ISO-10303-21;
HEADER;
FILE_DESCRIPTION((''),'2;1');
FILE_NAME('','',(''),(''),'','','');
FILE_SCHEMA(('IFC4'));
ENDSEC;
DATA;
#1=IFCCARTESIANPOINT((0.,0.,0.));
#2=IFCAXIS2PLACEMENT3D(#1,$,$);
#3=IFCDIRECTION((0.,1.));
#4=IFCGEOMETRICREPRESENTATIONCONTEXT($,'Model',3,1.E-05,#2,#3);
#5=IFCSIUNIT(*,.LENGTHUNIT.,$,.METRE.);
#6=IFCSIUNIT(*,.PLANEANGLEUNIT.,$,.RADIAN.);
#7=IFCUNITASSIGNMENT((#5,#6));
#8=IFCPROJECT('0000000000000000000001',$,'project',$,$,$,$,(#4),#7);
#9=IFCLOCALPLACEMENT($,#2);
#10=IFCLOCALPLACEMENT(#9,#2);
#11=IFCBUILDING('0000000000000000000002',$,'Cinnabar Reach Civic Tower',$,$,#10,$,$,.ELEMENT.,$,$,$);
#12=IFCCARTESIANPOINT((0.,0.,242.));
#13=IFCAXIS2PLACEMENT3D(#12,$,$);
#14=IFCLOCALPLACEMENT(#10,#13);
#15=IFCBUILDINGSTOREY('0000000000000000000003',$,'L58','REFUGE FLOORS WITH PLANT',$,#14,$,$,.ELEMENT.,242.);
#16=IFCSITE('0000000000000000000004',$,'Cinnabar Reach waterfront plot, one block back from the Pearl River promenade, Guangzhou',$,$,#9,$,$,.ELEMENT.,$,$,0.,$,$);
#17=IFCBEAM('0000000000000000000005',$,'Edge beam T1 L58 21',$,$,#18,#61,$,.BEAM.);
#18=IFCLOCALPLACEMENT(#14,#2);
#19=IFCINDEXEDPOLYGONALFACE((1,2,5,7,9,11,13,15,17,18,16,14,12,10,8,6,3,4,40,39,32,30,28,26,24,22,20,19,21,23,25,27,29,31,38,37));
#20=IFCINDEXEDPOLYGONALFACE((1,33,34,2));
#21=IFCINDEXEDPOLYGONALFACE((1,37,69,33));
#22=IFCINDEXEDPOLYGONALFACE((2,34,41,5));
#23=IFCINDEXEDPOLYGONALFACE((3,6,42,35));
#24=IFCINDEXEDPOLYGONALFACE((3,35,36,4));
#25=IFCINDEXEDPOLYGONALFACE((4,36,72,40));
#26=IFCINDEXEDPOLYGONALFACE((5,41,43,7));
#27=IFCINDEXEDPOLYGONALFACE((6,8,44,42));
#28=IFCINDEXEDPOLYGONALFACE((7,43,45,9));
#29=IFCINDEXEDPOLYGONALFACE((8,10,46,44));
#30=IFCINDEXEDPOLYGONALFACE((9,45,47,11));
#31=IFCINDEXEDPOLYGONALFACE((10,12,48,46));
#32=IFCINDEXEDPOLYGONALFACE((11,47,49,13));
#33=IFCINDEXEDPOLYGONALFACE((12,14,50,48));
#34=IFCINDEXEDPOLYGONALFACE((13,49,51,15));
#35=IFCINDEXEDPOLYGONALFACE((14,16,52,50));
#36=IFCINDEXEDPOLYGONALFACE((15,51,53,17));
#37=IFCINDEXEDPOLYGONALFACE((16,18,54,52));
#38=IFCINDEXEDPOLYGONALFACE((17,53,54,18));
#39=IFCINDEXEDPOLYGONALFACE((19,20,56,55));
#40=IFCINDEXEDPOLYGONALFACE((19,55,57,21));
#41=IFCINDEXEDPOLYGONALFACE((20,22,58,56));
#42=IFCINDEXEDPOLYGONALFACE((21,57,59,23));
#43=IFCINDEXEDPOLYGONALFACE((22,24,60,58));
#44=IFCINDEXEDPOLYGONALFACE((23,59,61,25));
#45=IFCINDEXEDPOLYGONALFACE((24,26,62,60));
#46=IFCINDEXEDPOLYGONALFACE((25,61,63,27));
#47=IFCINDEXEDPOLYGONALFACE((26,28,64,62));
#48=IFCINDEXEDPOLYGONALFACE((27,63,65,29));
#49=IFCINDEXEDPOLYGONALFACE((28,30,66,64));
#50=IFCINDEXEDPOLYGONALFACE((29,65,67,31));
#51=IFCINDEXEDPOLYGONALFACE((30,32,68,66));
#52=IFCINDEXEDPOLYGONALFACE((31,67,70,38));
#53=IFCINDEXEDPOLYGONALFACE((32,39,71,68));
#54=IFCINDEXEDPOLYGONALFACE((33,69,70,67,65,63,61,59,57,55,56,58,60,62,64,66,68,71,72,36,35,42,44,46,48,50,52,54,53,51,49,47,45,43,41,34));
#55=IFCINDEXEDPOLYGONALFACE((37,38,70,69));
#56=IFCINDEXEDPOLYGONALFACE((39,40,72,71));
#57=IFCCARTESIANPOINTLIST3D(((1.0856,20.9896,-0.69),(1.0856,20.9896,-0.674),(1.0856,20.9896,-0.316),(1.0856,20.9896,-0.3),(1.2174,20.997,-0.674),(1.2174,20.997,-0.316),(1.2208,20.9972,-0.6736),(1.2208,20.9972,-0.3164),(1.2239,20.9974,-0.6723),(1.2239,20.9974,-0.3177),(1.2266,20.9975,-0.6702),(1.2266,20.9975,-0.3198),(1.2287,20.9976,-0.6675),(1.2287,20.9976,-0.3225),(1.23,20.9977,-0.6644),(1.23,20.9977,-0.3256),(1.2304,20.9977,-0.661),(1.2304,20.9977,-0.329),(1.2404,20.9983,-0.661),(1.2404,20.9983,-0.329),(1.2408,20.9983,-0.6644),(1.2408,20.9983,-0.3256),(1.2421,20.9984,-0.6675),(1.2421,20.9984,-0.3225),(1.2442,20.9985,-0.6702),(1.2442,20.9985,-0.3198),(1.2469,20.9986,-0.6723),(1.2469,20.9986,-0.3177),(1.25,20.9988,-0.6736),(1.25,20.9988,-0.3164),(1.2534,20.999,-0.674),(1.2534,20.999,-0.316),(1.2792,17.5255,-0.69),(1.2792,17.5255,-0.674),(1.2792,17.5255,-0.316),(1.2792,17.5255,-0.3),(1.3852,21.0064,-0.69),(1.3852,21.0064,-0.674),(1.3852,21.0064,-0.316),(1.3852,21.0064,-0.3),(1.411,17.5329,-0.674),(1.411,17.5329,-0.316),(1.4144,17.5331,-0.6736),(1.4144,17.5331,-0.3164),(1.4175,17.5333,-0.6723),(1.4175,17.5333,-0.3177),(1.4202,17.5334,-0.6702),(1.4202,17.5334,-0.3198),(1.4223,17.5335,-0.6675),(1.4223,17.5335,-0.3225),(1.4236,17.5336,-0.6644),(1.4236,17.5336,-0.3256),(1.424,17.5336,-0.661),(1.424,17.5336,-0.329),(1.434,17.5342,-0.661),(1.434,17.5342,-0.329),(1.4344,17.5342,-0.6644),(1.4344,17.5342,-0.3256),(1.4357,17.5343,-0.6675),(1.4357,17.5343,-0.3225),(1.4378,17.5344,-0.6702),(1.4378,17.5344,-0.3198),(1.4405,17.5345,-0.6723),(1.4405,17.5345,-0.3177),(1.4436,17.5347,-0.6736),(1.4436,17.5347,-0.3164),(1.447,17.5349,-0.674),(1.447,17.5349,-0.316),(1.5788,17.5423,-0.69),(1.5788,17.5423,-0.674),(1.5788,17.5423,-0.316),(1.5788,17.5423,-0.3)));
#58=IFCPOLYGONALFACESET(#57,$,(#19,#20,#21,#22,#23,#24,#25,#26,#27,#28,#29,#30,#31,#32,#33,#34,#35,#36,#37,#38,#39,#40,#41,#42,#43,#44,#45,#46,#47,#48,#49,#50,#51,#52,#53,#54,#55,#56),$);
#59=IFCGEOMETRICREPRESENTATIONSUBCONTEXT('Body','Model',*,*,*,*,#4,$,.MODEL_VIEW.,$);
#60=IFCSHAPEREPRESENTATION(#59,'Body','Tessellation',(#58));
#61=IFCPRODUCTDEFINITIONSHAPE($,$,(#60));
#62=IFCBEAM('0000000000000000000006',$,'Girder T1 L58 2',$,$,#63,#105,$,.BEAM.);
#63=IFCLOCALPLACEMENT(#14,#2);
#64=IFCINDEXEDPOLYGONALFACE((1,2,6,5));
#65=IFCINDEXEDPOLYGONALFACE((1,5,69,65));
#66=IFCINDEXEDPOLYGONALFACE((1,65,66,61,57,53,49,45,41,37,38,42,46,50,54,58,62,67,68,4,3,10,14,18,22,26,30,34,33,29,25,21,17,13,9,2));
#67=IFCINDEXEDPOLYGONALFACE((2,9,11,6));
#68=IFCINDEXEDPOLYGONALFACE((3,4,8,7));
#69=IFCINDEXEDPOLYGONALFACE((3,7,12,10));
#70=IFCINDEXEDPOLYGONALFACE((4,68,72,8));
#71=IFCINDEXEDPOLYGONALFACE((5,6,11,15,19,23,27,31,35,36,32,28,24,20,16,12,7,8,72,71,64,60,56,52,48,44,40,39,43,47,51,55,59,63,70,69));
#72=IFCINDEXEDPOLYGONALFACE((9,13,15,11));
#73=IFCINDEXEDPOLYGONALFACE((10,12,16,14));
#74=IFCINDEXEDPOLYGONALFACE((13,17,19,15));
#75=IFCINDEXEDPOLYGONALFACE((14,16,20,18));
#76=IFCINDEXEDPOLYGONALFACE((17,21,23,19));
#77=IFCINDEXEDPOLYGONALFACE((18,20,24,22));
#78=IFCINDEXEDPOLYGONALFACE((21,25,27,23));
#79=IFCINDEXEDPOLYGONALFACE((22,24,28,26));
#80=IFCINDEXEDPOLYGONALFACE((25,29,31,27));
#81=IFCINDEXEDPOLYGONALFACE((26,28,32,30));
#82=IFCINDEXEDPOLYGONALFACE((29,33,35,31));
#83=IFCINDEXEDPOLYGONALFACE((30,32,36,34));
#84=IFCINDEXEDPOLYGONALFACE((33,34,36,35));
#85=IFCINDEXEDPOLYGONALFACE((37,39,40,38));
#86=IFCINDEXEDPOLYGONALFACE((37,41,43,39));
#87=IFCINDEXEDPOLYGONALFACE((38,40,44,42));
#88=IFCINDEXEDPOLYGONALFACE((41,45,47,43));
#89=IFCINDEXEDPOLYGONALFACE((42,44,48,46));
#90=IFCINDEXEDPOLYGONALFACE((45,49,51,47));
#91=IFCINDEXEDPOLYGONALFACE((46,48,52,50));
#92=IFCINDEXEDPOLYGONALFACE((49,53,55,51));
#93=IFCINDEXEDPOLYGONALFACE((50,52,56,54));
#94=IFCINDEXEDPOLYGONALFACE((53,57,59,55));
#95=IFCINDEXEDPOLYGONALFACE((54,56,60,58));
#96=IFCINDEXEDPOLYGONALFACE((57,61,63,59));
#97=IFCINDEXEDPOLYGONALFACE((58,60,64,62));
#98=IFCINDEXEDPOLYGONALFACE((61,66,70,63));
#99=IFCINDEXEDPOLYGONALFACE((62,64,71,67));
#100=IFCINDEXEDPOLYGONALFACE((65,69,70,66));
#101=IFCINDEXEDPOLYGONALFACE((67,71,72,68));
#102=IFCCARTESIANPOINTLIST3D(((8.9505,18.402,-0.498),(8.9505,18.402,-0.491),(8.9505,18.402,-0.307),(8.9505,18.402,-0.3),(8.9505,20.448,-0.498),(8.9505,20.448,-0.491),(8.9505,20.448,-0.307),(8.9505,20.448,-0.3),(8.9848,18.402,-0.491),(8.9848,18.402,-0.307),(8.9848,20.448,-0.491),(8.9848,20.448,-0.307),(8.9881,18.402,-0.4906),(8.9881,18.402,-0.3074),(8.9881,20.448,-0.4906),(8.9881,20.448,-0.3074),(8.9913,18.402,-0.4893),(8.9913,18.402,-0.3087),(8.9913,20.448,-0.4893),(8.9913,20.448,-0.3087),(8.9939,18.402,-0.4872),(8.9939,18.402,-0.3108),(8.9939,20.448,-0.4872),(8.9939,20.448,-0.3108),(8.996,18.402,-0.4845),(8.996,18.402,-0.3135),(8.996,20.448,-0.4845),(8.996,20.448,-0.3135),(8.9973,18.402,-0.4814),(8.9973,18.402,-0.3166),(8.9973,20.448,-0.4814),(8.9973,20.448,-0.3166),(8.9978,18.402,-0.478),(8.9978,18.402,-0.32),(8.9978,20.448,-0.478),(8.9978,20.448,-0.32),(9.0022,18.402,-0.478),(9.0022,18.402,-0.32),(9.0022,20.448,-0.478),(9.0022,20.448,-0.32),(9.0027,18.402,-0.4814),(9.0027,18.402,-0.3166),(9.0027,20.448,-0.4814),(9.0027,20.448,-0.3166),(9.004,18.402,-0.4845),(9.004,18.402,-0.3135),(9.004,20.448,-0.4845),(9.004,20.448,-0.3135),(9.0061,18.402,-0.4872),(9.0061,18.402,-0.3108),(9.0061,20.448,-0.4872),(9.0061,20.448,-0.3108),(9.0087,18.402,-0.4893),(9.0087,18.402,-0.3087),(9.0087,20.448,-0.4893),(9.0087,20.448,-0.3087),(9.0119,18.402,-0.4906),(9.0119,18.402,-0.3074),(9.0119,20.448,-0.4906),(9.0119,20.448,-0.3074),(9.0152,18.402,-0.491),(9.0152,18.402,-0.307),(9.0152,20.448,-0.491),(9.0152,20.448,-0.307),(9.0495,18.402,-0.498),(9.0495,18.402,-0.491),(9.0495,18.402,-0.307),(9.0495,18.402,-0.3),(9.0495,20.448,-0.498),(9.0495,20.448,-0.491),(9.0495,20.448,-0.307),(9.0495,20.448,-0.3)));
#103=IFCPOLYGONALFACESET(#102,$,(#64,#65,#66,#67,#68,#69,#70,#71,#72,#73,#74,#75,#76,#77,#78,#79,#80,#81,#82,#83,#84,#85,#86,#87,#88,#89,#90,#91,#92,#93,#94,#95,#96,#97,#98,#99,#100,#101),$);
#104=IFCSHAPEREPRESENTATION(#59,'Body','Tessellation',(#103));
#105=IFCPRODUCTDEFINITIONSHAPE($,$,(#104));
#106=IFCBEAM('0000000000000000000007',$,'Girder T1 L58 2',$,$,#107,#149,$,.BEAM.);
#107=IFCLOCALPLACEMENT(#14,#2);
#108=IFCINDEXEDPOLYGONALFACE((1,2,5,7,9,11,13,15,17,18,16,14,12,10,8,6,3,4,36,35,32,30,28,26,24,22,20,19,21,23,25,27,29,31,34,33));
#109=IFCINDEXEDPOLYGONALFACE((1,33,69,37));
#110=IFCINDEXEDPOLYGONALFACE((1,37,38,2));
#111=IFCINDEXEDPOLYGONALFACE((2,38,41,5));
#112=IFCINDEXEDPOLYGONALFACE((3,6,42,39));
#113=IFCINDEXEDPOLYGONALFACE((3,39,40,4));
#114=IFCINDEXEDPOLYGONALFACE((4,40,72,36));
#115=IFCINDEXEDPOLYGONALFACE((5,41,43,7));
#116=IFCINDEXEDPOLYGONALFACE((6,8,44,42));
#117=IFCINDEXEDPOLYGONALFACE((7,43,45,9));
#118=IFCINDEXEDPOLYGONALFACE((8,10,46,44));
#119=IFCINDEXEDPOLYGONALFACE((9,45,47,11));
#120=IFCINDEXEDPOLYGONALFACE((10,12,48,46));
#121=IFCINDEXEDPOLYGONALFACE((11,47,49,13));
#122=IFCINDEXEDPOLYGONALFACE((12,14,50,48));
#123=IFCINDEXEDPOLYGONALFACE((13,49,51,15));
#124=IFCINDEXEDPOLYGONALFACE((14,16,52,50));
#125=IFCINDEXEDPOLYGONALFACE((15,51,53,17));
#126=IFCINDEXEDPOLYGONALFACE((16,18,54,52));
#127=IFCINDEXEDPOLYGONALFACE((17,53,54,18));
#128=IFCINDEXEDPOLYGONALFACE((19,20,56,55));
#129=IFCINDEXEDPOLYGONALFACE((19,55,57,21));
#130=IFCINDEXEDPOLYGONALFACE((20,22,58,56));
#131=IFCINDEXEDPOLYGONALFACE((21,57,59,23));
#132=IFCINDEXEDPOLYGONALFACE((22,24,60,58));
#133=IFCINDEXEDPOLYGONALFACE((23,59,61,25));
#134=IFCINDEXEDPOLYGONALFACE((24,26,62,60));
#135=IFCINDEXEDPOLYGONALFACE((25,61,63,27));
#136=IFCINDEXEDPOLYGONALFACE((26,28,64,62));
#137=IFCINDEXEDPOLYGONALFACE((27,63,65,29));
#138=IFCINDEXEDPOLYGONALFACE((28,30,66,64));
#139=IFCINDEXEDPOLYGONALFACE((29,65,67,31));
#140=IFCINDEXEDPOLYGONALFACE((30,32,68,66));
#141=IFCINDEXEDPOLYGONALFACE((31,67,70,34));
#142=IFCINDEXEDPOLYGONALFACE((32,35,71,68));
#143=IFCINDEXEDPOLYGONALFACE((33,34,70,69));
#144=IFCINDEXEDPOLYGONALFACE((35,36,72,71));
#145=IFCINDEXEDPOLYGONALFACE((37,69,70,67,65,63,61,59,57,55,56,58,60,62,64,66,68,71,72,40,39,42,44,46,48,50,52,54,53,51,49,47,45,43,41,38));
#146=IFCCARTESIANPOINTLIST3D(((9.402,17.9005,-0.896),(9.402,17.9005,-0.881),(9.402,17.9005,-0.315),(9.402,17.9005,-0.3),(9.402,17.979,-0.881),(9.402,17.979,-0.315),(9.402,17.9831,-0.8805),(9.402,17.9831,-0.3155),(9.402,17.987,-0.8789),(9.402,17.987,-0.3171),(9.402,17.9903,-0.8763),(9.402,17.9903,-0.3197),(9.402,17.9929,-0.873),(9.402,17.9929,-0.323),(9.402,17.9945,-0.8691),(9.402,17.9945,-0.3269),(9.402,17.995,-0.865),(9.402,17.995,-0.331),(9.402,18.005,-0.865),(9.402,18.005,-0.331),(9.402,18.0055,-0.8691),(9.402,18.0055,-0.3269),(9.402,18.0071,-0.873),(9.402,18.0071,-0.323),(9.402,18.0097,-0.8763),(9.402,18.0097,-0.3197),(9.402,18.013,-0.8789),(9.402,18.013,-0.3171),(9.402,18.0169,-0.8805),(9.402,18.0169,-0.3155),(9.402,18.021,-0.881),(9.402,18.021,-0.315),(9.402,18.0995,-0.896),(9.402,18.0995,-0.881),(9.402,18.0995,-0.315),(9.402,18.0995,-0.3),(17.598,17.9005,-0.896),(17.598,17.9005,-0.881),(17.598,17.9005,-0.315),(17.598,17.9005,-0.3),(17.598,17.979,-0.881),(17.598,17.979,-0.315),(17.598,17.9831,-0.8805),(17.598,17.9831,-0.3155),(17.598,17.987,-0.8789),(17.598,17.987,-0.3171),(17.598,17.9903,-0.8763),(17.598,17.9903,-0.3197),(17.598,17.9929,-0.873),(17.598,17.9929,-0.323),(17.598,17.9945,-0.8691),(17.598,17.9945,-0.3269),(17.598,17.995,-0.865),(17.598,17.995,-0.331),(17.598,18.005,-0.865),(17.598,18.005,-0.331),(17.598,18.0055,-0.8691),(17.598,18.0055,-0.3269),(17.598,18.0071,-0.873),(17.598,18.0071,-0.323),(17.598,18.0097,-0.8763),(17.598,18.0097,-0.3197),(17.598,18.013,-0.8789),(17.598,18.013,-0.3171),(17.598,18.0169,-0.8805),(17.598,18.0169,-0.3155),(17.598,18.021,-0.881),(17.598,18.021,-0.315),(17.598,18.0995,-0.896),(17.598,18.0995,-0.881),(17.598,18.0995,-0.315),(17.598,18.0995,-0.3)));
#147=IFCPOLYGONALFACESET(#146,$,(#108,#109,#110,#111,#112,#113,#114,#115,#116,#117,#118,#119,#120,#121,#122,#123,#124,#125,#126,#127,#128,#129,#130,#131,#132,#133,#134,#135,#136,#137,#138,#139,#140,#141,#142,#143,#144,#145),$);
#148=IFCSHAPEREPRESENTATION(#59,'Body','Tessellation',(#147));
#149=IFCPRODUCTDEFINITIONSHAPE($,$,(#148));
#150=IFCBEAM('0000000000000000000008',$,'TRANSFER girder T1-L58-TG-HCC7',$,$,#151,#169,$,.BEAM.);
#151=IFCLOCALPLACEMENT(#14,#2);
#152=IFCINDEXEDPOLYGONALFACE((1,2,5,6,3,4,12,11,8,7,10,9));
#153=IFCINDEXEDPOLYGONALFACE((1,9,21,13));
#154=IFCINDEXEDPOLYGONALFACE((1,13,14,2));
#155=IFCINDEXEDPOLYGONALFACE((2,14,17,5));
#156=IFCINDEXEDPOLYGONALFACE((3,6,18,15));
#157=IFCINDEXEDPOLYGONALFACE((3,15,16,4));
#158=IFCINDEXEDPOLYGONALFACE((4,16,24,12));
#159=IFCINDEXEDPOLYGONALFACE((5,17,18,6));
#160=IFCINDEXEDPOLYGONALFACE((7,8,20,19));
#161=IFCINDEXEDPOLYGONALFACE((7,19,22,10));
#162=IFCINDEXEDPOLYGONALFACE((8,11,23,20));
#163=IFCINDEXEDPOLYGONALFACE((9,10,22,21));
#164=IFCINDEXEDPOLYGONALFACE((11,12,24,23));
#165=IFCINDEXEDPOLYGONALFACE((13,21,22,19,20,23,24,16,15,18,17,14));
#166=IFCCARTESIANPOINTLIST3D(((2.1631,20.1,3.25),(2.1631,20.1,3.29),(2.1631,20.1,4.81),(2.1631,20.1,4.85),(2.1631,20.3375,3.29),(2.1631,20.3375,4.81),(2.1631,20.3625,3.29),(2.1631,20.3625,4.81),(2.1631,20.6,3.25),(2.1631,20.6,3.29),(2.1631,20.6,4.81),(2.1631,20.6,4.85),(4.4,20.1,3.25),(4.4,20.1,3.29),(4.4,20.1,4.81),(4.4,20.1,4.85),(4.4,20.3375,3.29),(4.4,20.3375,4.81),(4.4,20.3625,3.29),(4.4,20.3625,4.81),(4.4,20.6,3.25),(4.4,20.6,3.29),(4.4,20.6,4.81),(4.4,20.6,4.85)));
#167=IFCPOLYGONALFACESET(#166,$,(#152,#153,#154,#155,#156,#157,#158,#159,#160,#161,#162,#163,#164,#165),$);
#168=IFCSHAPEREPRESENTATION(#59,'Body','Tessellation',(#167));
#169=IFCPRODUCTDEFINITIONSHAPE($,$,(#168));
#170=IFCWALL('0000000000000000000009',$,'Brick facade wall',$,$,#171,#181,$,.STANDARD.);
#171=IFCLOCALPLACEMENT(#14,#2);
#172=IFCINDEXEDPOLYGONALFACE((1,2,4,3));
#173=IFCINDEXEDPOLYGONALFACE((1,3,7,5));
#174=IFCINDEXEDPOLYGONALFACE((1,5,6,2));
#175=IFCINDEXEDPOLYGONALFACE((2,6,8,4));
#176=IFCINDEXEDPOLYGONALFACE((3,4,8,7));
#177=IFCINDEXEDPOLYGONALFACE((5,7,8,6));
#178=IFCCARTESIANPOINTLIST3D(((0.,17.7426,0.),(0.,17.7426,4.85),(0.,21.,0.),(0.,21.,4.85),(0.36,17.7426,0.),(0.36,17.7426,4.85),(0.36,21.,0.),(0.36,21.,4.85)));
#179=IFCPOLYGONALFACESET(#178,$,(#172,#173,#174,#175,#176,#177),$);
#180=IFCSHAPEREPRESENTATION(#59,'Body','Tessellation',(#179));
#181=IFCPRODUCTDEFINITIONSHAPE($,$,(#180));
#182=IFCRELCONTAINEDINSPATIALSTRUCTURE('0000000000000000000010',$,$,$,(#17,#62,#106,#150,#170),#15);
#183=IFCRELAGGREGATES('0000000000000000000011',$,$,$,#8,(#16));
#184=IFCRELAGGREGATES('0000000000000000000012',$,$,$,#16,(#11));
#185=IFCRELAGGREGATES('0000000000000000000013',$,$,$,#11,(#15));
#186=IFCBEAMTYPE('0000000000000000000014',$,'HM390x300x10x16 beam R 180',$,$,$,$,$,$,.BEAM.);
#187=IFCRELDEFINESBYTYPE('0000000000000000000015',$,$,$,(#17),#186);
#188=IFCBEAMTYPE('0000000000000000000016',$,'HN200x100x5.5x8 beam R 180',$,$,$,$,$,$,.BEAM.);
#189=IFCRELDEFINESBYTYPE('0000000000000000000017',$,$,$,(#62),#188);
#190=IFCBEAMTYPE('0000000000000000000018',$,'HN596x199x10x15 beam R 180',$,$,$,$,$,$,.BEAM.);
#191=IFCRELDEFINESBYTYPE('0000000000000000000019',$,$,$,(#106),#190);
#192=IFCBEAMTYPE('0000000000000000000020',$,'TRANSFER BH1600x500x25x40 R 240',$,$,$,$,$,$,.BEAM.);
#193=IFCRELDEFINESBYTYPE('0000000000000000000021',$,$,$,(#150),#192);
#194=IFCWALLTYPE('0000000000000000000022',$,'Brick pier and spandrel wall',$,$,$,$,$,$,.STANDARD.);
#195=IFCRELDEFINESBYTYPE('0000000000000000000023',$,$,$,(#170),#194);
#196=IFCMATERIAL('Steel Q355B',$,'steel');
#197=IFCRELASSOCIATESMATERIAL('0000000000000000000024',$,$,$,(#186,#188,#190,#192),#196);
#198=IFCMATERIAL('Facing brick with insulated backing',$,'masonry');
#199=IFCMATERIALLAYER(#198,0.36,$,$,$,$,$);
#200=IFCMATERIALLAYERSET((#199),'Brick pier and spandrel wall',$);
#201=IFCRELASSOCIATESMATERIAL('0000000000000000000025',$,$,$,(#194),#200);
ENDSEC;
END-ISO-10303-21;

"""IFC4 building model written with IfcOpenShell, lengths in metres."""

from ifc_helpers import new_model, si_unit, direction, frame, frame_2d, origin, origin_2d, place, context, subcontext, project, spatial, rectangle, i_section, extrude, material, layer, layer_set, material_profile, profile_set, type_object, element, save


model = new_model("IFC4")

# Units and contexts
model_context = context("Model", 3, precision=1e-05, world=origin(), true_north=direction((0.0, 1.0)))
body_context = subcontext(model_context, "Body", "Model", "MODEL_VIEW")
ifc_project = project(units=[si_unit("LENGTHUNIT", "METRE"), si_unit("PLANEANGLEUNIT", "RADIAN")], contexts=[model_context])

# Site, building, storey
site_placement = place(None, origin())
site = spatial("IfcSite", under=ifc_project, at=site_placement, Name="Cinnabar Reach waterfront plot, one block back from the Pearl River promenade, Guangzhou", CompositionType="ELEMENT", RefElevation=0.0)
building_placement = place(site_placement, origin())
building = spatial("IfcBuilding", under=site, at=building_placement, Name="Cinnabar Reach Civic Tower", CompositionType="ELEMENT")
storey_placement = place(building_placement, frame((0.0, 0.0, 242.0)))
storey = spatial("IfcBuildingStorey", under=building, at=storey_placement, Name="L58", Description="REFUGE FLOORS WITH PLANT", CompositionType="ELEMENT", Elevation=242.0)

# Beams
ifc_material_1 = material(Name="Steel Q355B", Category="steel")
ifc_material_profile_1 = material_profile(ifc_material_1, i_section(OverallWidth=0.3, OverallDepth=0.39, WebThickness=0.01, FlangeThickness=0.016, FilletRadius=0.013, at=origin_2d()), Name="HM390x300x10x16")
ifc_profile_set_1 = profile_set([ifc_material_profile_1], Name="Steel Q355B")
beam_type_1 = type_object("IfcBeamType", Name="HM390x300x10x16 beam R 180", PredefinedType="BEAM", material=ifc_profile_set_1)
beam_1_placement = place(storey_placement, frame((1.2354, 20.998, -0.495), z_axis=(0.0558, -0.998442, 0.0), x_axis=(0.998442, 0.0558, 0.0)))
element("IfcBeam", 1, at=beam_1_placement, inside=storey, type_object=beam_type_1, Name="Edge beam T1 L58 21", PredefinedType="BEAM", context=body_context, shape_type="SweptSolid", body=[
    extrude(i_section(OverallWidth=0.3, OverallDepth=0.39, WebThickness=0.01, FlangeThickness=0.016, FilletRadius=0.013, at=origin_2d()), origin(), (0.0, 0.0, 1.0), 3.4695),
])
ifc_material_profile_2 = material_profile(ifc_material_1, i_section(OverallWidth=0.099, OverallDepth=0.198, WebThickness=0.0045, FlangeThickness=0.007, FilletRadius=0.013, at=origin_2d()), Name="HN200x100x5.5x8")
ifc_profile_set_2 = profile_set([ifc_material_profile_2], Name="Steel Q355B")
beam_type_2 = type_object("IfcBeamType", Name="HN200x100x5.5x8 beam R 180", PredefinedType="BEAM", material=ifc_profile_set_2)
beam_2_placement = place(storey_placement, frame((9.0, 18.402, -0.399), z_axis=(0.0, 1.0, 0.0), x_axis=(-1.0, 0.0, 0.0)))
element("IfcBeam", 2, at=beam_2_placement, inside=storey, type_object=beam_type_2, Name="Girder T1 L58 2", PredefinedType="BEAM", context=body_context, shape_type="SweptSolid", body=[
    extrude(i_section(OverallWidth=0.099, OverallDepth=0.198, WebThickness=0.0045, FlangeThickness=0.007, FilletRadius=0.013, at=origin_2d()), origin(), (0.0, 0.0, 1.0), 2.046),
])
ifc_material_profile_3 = material_profile(ifc_material_1, i_section(OverallWidth=0.199, OverallDepth=0.596, WebThickness=0.01, FlangeThickness=0.015, FilletRadius=0.016, at=origin_2d()), Name="HN596x199x10x15")
ifc_profile_set_3 = profile_set([ifc_material_profile_3], Name="Steel Q355B")
beam_type_3 = type_object("IfcBeamType", Name="HN596x199x10x15 beam R 180", PredefinedType="BEAM", material=ifc_profile_set_3)
beam_3_placement = place(storey_placement, frame((9.402, 18.0, -0.598), z_axis=(1.0, 0.0, 0.0), x_axis=(0.0, 1.0, 0.0)))
element("IfcBeam", 3, at=beam_3_placement, inside=storey, type_object=beam_type_3, Name="Girder T1 L58 2", PredefinedType="BEAM", context=body_context, shape_type="SweptSolid", body=[
    extrude(i_section(OverallWidth=0.199, OverallDepth=0.596, WebThickness=0.01, FlangeThickness=0.015, FilletRadius=0.016, at=origin_2d()), origin(), (0.0, 0.0, 1.0), 8.196),
])
ifc_material_profile_4 = material_profile(ifc_material_1, i_section(OverallWidth=0.5, OverallDepth=1.6, WebThickness=0.025, FlangeThickness=0.04, at=origin_2d()), Name="BH1600x500x25x40")
ifc_profile_set_4 = profile_set([ifc_material_profile_4], Name="Steel Q355B")
beam_type_4 = type_object("IfcBeamType", Name="TRANSFER BH1600x500x25x40 R 240", PredefinedType="BEAM", material=ifc_profile_set_4)
beam_4_placement = place(storey_placement, frame((4.4, 20.35, 4.05), z_axis=(-1.0, 0.0, 0.0), x_axis=(0.0, -1.0, 0.0)))
element("IfcBeam", 4, at=beam_4_placement, inside=storey, type_object=beam_type_4, Name="TRANSFER girder T1-L58-TG-HCC7", PredefinedType="BEAM", context=body_context, shape_type="SweptSolid", body=[
    extrude(i_section(OverallWidth=0.5, OverallDepth=1.6, WebThickness=0.025, FlangeThickness=0.04, at=origin_2d()), origin(), (0.0, 0.0, 1.0), 2.2369),
])

# Wall
ifc_material_2 = material(Name="Facing brick with insulated backing", Category="masonry")
ifc_layer_1 = layer(ifc_material_2, 0.36)
ifc_layer_set_1 = layer_set([ifc_layer_1], Name="Brick pier and spandrel wall")
wall_type_1 = type_object("IfcWallType", Name="Brick pier and spandrel wall", PredefinedType="STANDARD", material=ifc_layer_set_1)
wall_1_placement = place(storey_placement, frame((0.18, 21.0, 0.0), z_axis=(0.0, 0.0, 1.0), x_axis=(0.0, -1.0, 0.0)))
element("IfcWall", 5, at=wall_1_placement, inside=storey, type_object=wall_type_1, Name="Brick facade wall", PredefinedType="STANDARD", context=body_context, shape_type="SweptSolid", body=[
    extrude(rectangle(XDim=3.2574, YDim=0.36, at=frame_2d((1.6287, 0.0))), origin(), (0.0, 0.0, 1.0), 4.85),
])

save(model, "model.ifc")
